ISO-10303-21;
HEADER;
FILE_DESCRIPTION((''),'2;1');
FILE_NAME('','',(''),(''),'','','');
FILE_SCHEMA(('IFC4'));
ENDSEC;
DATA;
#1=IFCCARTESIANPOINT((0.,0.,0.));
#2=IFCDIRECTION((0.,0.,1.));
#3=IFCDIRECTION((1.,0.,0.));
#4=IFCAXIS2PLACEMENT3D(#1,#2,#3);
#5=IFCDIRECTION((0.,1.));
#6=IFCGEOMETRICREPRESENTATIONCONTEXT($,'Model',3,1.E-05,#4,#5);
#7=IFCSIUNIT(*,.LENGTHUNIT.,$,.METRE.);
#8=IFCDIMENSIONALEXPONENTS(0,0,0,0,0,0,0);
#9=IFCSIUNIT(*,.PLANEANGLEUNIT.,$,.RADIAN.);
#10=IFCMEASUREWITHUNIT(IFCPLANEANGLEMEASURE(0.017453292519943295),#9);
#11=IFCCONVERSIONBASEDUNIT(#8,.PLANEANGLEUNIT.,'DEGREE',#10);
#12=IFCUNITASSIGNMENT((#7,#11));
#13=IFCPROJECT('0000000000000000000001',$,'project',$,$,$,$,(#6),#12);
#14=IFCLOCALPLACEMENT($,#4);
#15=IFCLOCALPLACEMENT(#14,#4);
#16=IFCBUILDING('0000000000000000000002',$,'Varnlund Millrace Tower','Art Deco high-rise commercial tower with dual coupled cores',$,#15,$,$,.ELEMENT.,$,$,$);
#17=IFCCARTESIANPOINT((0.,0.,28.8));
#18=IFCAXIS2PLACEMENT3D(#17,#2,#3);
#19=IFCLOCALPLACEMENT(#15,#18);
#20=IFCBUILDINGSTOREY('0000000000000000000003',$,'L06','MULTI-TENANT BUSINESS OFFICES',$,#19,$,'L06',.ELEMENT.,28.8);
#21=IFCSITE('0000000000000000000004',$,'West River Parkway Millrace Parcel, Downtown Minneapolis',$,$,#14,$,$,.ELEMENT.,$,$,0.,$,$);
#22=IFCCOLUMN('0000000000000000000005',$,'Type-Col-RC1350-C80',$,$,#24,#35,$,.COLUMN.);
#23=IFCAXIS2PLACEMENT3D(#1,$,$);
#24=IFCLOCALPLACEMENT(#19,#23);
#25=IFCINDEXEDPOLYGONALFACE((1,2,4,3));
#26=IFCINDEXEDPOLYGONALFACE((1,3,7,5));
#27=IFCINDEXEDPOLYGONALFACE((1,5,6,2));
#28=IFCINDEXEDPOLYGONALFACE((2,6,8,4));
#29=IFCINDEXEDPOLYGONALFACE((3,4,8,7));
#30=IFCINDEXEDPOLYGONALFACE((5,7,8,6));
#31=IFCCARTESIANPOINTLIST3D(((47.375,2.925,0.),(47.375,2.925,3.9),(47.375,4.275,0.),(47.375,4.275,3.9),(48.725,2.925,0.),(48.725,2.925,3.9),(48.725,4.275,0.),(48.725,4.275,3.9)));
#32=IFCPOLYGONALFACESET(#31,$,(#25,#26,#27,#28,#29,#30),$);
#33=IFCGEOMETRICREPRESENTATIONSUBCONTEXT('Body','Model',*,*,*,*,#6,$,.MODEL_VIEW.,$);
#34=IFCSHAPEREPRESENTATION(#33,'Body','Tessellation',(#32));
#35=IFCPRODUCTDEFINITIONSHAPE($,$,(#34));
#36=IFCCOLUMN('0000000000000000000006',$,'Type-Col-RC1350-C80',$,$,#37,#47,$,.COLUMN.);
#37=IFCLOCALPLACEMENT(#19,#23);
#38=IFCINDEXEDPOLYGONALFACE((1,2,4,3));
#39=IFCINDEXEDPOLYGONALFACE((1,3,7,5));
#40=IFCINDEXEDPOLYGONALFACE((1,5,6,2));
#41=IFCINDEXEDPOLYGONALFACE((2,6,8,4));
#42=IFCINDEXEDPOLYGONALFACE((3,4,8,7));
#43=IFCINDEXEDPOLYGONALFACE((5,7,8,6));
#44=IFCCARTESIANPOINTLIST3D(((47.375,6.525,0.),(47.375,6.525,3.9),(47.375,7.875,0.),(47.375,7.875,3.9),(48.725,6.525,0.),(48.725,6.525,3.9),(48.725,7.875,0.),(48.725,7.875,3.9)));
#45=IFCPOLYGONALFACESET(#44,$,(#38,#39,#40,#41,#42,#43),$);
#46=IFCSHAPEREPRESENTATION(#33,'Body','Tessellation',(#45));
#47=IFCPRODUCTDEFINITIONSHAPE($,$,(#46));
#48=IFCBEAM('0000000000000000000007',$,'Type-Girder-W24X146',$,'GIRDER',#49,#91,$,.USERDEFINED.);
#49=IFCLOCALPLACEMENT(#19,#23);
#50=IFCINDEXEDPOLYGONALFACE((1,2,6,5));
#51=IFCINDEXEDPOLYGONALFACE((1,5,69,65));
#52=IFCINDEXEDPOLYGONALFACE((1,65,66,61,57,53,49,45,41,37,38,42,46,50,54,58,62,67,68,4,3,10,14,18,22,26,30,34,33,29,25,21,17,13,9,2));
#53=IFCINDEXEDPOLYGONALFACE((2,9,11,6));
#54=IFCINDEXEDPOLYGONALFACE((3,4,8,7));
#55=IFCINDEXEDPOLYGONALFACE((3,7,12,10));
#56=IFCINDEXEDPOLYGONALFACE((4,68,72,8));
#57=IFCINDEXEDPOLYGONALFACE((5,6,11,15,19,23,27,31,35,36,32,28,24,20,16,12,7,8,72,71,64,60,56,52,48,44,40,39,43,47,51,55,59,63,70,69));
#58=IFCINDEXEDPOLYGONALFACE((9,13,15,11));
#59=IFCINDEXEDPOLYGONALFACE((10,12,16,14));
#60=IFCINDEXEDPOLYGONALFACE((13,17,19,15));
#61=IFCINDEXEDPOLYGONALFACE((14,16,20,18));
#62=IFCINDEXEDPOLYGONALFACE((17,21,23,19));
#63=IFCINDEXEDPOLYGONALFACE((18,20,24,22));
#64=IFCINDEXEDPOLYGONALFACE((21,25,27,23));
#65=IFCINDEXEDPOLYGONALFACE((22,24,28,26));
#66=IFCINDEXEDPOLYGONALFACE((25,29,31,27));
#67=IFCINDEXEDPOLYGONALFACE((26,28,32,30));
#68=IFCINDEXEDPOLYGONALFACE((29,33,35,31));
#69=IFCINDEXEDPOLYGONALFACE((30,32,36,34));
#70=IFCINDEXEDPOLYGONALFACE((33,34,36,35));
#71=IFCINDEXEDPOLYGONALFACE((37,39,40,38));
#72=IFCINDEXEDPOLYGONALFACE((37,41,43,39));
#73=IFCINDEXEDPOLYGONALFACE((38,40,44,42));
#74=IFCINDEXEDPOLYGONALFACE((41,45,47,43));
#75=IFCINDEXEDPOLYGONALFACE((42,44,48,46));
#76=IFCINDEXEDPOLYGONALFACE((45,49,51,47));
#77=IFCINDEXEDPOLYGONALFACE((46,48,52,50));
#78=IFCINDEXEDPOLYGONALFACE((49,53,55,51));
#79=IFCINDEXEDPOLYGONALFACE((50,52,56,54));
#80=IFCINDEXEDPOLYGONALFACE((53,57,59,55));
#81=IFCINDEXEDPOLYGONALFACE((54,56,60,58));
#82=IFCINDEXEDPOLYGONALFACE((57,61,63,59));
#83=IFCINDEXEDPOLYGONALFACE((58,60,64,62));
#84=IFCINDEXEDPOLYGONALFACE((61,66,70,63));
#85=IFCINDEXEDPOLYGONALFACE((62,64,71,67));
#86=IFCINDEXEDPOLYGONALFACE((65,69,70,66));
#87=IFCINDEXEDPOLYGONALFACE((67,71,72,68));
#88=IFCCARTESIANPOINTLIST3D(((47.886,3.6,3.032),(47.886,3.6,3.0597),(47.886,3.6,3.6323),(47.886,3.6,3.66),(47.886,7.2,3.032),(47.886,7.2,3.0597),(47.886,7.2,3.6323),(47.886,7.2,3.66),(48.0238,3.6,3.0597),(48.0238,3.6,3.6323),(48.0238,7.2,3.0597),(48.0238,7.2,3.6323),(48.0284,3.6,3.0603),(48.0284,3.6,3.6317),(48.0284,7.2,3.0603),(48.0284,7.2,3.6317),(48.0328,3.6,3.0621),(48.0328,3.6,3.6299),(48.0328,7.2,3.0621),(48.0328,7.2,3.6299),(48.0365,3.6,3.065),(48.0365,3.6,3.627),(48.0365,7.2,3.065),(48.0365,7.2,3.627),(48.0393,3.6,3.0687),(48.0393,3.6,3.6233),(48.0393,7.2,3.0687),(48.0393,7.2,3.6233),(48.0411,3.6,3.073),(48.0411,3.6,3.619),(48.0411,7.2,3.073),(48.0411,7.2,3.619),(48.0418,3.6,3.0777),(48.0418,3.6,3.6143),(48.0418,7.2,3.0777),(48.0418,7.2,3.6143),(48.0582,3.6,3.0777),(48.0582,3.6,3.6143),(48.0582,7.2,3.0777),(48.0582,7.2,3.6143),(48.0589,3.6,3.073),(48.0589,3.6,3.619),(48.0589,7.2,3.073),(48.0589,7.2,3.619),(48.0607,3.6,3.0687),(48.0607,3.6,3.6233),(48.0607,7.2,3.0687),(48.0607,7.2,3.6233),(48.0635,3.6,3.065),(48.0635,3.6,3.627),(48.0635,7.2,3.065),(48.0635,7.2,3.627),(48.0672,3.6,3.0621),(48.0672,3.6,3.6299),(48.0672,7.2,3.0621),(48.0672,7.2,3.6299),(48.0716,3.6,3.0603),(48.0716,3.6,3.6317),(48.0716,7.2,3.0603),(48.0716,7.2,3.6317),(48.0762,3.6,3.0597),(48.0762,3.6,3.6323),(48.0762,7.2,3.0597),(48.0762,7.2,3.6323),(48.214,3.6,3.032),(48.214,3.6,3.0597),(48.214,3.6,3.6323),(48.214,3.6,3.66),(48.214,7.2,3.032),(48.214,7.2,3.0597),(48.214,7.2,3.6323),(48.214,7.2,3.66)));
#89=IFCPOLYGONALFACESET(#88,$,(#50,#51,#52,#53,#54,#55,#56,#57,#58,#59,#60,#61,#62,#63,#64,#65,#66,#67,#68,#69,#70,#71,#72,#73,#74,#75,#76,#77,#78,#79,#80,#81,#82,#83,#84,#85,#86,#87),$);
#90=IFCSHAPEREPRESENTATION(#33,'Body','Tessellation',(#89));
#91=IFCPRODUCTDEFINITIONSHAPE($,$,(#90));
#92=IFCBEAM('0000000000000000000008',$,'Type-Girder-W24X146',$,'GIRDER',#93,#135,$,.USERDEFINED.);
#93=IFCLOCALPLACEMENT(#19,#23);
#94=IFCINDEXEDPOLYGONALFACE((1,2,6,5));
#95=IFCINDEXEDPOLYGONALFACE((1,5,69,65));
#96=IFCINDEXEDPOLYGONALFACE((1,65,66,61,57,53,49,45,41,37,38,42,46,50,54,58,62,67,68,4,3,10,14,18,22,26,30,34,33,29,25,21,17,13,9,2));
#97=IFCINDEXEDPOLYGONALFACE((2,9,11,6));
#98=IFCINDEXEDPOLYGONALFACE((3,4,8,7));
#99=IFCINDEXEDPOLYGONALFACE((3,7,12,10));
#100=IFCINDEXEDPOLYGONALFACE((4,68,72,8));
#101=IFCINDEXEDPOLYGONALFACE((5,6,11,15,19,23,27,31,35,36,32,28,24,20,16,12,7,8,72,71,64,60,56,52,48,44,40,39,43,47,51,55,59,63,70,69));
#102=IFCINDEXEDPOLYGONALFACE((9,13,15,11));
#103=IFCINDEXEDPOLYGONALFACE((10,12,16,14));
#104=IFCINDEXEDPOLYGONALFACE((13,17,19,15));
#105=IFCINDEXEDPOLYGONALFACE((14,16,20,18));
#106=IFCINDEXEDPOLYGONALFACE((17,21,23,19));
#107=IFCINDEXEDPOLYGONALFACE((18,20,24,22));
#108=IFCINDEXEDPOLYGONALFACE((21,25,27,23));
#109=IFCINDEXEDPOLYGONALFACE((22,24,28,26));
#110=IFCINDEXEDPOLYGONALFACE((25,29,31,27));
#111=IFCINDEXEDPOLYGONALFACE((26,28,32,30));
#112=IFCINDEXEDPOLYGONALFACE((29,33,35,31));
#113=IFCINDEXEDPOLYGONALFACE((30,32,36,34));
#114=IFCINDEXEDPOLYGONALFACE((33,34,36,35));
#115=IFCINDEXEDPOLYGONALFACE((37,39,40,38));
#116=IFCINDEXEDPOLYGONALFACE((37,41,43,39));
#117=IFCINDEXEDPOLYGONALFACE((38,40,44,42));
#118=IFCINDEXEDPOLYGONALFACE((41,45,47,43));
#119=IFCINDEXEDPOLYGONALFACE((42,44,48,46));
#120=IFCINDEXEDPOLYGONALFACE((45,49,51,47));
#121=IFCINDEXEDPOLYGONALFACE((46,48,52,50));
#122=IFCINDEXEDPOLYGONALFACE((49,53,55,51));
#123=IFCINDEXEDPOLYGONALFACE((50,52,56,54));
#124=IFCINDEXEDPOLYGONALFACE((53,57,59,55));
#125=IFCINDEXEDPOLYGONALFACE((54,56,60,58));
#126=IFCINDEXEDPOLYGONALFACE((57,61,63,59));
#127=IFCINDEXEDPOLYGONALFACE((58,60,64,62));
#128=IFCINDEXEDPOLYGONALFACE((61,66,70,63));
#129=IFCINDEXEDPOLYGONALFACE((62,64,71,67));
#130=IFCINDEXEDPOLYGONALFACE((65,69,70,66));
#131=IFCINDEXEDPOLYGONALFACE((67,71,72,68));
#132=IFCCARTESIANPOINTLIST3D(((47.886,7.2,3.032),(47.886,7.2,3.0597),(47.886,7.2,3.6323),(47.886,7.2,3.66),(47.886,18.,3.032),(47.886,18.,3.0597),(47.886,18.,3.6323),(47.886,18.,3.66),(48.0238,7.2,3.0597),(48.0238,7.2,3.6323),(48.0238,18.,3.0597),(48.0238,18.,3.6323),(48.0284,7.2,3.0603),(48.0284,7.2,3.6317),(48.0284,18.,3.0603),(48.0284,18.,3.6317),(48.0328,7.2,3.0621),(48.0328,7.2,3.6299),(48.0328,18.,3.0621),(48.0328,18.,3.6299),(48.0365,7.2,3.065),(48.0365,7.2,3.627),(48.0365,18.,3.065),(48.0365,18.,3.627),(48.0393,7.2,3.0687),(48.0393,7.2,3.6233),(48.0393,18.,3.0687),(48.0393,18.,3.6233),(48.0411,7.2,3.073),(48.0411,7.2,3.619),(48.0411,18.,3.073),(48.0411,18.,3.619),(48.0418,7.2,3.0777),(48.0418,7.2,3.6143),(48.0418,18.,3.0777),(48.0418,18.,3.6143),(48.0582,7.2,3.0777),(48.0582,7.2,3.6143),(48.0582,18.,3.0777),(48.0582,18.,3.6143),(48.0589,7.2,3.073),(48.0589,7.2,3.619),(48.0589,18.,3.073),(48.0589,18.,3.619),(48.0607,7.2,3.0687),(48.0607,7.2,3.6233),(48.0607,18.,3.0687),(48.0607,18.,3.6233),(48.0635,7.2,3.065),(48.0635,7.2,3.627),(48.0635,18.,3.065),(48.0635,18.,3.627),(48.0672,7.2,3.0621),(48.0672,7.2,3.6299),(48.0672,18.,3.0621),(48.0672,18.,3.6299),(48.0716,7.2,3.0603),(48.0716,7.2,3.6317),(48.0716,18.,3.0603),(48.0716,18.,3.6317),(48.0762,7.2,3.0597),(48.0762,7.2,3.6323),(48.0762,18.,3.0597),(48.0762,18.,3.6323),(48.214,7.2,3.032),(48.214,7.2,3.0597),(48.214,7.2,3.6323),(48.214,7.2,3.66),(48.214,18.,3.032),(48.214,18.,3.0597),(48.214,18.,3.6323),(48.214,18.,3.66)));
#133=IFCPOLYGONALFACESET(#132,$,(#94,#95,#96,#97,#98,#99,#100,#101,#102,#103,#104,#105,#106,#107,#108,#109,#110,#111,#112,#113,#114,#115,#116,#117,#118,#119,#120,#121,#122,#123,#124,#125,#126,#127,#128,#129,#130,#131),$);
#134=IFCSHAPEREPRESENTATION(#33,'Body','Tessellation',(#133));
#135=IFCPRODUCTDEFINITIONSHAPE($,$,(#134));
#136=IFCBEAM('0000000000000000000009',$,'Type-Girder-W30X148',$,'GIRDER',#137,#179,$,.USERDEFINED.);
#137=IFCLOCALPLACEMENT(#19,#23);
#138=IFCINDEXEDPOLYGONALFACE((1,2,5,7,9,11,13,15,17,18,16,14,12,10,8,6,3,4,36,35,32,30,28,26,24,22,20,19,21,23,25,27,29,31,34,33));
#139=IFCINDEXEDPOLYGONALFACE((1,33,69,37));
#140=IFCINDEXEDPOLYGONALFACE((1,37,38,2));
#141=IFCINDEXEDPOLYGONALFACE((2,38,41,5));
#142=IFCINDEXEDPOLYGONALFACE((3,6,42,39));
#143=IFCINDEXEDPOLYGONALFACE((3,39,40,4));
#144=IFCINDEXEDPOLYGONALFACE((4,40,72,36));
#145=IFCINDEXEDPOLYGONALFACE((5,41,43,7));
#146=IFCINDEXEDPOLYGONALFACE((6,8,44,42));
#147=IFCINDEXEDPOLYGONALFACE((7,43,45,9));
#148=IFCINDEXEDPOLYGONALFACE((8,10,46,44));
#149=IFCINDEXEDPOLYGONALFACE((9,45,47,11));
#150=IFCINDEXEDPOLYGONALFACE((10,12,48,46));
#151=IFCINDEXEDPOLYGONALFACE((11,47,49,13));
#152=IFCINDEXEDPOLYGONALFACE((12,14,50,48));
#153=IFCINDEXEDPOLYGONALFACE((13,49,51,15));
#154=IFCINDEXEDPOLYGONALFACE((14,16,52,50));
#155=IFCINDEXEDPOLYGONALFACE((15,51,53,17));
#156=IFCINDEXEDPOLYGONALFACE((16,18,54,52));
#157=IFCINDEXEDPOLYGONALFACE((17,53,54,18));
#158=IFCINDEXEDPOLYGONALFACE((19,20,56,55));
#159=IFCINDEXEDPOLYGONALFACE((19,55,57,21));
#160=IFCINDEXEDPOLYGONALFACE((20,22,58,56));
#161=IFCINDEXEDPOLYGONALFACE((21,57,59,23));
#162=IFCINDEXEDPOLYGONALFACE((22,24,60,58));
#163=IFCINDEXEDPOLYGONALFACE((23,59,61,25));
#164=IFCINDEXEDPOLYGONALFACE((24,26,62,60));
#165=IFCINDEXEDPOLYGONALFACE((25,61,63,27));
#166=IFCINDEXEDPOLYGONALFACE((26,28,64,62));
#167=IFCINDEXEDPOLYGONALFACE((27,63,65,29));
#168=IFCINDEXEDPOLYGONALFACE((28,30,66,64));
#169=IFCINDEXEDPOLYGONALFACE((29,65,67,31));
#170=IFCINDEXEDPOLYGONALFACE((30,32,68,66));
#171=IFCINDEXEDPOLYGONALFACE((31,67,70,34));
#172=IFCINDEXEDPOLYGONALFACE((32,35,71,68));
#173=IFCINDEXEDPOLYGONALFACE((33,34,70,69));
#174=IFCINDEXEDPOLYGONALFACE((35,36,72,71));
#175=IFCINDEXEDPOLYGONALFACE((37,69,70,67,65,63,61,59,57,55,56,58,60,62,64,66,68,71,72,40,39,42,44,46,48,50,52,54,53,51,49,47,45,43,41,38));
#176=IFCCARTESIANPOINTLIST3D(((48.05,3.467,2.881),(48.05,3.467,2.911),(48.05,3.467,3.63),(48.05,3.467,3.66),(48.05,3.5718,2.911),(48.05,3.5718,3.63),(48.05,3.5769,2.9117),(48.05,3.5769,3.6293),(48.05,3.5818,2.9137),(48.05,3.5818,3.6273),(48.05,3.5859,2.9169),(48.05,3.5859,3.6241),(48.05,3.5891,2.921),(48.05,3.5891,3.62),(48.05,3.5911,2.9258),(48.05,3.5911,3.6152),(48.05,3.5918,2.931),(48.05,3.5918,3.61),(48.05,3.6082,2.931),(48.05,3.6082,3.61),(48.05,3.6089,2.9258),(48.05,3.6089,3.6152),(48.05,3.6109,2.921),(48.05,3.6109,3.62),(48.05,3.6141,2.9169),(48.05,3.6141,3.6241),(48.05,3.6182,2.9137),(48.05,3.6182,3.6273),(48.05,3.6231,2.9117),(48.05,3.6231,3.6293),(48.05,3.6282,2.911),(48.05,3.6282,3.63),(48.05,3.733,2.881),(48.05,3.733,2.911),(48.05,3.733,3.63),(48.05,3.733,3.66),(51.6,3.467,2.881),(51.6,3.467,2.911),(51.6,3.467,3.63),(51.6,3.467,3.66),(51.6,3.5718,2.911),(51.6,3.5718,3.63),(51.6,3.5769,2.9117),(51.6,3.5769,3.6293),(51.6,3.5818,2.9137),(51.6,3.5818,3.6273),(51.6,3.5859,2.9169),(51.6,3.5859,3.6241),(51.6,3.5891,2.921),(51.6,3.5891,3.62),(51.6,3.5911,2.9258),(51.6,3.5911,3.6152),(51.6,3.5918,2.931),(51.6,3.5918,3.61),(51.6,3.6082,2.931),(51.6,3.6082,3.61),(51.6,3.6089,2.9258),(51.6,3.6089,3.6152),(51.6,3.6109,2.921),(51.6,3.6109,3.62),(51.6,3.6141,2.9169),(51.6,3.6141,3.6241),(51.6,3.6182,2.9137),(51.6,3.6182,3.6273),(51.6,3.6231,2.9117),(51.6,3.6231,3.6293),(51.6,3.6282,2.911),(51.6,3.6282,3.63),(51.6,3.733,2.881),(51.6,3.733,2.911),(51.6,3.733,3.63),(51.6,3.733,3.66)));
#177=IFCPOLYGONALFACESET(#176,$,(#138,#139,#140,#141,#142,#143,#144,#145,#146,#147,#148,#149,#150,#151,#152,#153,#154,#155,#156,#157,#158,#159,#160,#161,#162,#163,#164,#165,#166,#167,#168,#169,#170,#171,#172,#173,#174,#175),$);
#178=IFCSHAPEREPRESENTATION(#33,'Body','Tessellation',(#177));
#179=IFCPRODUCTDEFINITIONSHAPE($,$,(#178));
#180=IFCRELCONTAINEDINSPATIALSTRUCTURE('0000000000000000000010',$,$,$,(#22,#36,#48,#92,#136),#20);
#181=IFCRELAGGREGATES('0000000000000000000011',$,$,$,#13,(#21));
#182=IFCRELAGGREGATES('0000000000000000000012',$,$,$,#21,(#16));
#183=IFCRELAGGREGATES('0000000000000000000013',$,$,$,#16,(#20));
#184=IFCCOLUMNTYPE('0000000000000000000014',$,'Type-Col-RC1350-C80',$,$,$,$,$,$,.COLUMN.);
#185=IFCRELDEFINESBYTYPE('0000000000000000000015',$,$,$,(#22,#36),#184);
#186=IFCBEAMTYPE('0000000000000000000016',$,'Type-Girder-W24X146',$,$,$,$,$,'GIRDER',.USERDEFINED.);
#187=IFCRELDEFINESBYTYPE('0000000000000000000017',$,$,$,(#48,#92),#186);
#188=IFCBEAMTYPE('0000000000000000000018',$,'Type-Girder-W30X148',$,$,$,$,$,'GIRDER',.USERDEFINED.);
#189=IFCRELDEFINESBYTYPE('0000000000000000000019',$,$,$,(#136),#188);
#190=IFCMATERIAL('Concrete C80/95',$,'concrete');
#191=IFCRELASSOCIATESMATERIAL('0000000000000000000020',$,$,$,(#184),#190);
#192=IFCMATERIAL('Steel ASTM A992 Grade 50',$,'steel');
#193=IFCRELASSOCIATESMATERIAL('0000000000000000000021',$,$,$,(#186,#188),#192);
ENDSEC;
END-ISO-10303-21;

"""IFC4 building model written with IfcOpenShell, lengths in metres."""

from ifc_helpers import new_model, entity, si_unit, converted_unit, direction, frame, origin_with_axes, origin_2d_with_axis, place, context, subcontext, project, spatial, rectangle, i_section, extrude, material, material_profile, profile_set, type_object, element, save


model = new_model("IFC4")

# Units and contexts
model_context = context("Model", 3, precision=1e-05, world=origin_with_axes(), true_north=direction((0.0, 1.0)))
body_context = subcontext(model_context, "Body", "Model", "MODEL_VIEW")
ifc_project = project(units=[si_unit("LENGTHUNIT", "METRE"), converted_unit("PLANEANGLEUNIT", "DEGREE", entity("IfcPlaneAngleMeasure", 0.017453292519943295), si_unit("PLANEANGLEUNIT", "RADIAN"), dimensions=[0, 0, 0, 0, 0, 0, 0])], contexts=[model_context])

# Site, building, storey
site_placement = place(None, origin_with_axes())
site = spatial("IfcSite", under=ifc_project, at=site_placement, Name="West River Parkway Millrace Parcel, Downtown Minneapolis", CompositionType="ELEMENT", RefElevation=0.0)
building_placement = place(site_placement, origin_with_axes())
building = spatial("IfcBuilding", under=site, at=building_placement, Name="Varnlund Millrace Tower", Description="Art Deco high-rise commercial tower with dual coupled cores", CompositionType="ELEMENT")
storey_placement = place(building_placement, frame((0.0, 0.0, 28.8), z_axis=(0.0, 0.0, 1.0), x_axis=(1.0, 0.0, 0.0)))
storey = spatial("IfcBuildingStorey", under=building, at=storey_placement, Name="L06", Description="MULTI-TENANT BUSINESS OFFICES", LongName="L06", CompositionType="ELEMENT", Elevation=28.8)

# Columns
ifc_material_1 = material(Name="Concrete C80/95", Category="concrete")
ifc_material_profile_1 = material_profile(ifc_material_1, rectangle(XDim=1.35, YDim=1.35, at=origin_2d_with_axis()), Name="Concrete C80/95")
ifc_profile_set_1 = profile_set([ifc_material_profile_1], Name="Concrete C80/95")
column_type = type_object("IfcColumnType", Name="Type-Col-RC1350-C80", PredefinedType="COLUMN", material=ifc_profile_set_1)
for number, where, z_axis, x_axis, name in (
    (1, (48.05, 3.6, 0.0), (0.0, 0.0, 1.0), (1.0, 0.0, 0.0), "Type-Col-RC1350-C80"),
    (2, (48.05, 7.2, 0.0), (0.0, 0.0, 1.0), (1.0, 0.0, 0.0), "Type-Col-RC1350-C80"),
):
    element("IfcColumn", number, at=place(storey_placement, frame(where, z_axis=z_axis, x_axis=x_axis)), inside=storey, type_object=column_type, Name=name, PredefinedType="COLUMN", context=body_context, shape_type="SweptSolid", body=[
        extrude(rectangle(XDim=1.35, YDim=1.35, at=origin_2d_with_axis()), origin_with_axes(), (0.0, 0.0, 1.0), 3.9),
    ])

# Beams
ifc_material_2 = material(Name="Steel ASTM A992 Grade 50", Category="steel")
ifc_material_profile_2 = material_profile(ifc_material_2, i_section(OverallWidth=0.328, OverallDepth=0.628, WebThickness=0.0165, FlangeThickness=0.0277, FilletRadius=0.018, at=origin_2d_with_axis()), Name="Steel ASTM A992 Grade 50")
ifc_profile_set_2 = profile_set([ifc_material_profile_2], Name="Steel ASTM A992 Grade 50")
beam_type_1 = type_object("IfcBeamType", Name="Type-Girder-W24X146", ElementType="GIRDER", PredefinedType="USERDEFINED", material=ifc_profile_set_2)
beam_1_placement = place(storey_placement, frame((48.05, 3.6, 3.346), z_axis=(0.0, 1.0, 0.0), x_axis=(-1.0, 0.0, 0.0)))
element("IfcBeam", 3, at=beam_1_placement, inside=storey, type_object=beam_type_1, Name="Type-Girder-W24X146", ObjectType="GIRDER", PredefinedType="USERDEFINED", context=body_context, shape_type="SweptSolid", body=[
    extrude(i_section(OverallWidth=0.328, OverallDepth=0.628, WebThickness=0.0165, FlangeThickness=0.0277, FilletRadius=0.018, at=origin_2d_with_axis()), origin_with_axes(), (0.0, 0.0, 1.0), 3.6),
])
beam_2_placement = place(storey_placement, frame((48.05, 7.2, 3.346), z_axis=(0.0, 1.0, 0.0), x_axis=(-1.0, 0.0, 0.0)))
element("IfcBeam", 4, at=beam_2_placement, inside=storey, type_object=beam_type_1, Name="Type-Girder-W24X146", ObjectType="GIRDER", PredefinedType="USERDEFINED", context=body_context, shape_type="SweptSolid", body=[
    extrude(i_section(OverallWidth=0.328, OverallDepth=0.628, WebThickness=0.0165, FlangeThickness=0.0277, FilletRadius=0.018, at=origin_2d_with_axis()), origin_with_axes(), (0.0, 0.0, 1.0), 10.8),
])
ifc_material_profile_3 = material_profile(ifc_material_2, i_section(OverallWidth=0.266, OverallDepth=0.779, WebThickness=0.0165, FlangeThickness=0.03, FilletRadius=0.02, at=origin_2d_with_axis()), Name="Steel ASTM A992 Grade 50")
ifc_profile_set_3 = profile_set([ifc_material_profile_3], Name="Steel ASTM A992 Grade 50")
beam_type_2 = type_object("IfcBeamType", Name="Type-Girder-W30X148", ElementType="GIRDER", PredefinedType="USERDEFINED", material=ifc_profile_set_3)
for number, where, z_axis, x_axis, name in (
    (5, (48.05, 3.6, 3.2705), (1.0, 0.0, 0.0), (0.0, 1.0, 0.0), "Type-Girder-W30X148"),
):
    element("IfcBeam", number, at=place(storey_placement, frame(where, z_axis=z_axis, x_axis=x_axis)), inside=storey, type_object=beam_type_2, Name=name, ObjectType="GIRDER", PredefinedType="USERDEFINED", context=body_context, shape_type="SweptSolid", body=[
        extrude(i_section(OverallWidth=0.266, OverallDepth=0.779, WebThickness=0.0165, FlangeThickness=0.03, FilletRadius=0.02, at=origin_2d_with_axis()), origin_with_axes(), (0.0, 0.0, 1.0), 3.55),
    ])

save(model, "model.ifc")
